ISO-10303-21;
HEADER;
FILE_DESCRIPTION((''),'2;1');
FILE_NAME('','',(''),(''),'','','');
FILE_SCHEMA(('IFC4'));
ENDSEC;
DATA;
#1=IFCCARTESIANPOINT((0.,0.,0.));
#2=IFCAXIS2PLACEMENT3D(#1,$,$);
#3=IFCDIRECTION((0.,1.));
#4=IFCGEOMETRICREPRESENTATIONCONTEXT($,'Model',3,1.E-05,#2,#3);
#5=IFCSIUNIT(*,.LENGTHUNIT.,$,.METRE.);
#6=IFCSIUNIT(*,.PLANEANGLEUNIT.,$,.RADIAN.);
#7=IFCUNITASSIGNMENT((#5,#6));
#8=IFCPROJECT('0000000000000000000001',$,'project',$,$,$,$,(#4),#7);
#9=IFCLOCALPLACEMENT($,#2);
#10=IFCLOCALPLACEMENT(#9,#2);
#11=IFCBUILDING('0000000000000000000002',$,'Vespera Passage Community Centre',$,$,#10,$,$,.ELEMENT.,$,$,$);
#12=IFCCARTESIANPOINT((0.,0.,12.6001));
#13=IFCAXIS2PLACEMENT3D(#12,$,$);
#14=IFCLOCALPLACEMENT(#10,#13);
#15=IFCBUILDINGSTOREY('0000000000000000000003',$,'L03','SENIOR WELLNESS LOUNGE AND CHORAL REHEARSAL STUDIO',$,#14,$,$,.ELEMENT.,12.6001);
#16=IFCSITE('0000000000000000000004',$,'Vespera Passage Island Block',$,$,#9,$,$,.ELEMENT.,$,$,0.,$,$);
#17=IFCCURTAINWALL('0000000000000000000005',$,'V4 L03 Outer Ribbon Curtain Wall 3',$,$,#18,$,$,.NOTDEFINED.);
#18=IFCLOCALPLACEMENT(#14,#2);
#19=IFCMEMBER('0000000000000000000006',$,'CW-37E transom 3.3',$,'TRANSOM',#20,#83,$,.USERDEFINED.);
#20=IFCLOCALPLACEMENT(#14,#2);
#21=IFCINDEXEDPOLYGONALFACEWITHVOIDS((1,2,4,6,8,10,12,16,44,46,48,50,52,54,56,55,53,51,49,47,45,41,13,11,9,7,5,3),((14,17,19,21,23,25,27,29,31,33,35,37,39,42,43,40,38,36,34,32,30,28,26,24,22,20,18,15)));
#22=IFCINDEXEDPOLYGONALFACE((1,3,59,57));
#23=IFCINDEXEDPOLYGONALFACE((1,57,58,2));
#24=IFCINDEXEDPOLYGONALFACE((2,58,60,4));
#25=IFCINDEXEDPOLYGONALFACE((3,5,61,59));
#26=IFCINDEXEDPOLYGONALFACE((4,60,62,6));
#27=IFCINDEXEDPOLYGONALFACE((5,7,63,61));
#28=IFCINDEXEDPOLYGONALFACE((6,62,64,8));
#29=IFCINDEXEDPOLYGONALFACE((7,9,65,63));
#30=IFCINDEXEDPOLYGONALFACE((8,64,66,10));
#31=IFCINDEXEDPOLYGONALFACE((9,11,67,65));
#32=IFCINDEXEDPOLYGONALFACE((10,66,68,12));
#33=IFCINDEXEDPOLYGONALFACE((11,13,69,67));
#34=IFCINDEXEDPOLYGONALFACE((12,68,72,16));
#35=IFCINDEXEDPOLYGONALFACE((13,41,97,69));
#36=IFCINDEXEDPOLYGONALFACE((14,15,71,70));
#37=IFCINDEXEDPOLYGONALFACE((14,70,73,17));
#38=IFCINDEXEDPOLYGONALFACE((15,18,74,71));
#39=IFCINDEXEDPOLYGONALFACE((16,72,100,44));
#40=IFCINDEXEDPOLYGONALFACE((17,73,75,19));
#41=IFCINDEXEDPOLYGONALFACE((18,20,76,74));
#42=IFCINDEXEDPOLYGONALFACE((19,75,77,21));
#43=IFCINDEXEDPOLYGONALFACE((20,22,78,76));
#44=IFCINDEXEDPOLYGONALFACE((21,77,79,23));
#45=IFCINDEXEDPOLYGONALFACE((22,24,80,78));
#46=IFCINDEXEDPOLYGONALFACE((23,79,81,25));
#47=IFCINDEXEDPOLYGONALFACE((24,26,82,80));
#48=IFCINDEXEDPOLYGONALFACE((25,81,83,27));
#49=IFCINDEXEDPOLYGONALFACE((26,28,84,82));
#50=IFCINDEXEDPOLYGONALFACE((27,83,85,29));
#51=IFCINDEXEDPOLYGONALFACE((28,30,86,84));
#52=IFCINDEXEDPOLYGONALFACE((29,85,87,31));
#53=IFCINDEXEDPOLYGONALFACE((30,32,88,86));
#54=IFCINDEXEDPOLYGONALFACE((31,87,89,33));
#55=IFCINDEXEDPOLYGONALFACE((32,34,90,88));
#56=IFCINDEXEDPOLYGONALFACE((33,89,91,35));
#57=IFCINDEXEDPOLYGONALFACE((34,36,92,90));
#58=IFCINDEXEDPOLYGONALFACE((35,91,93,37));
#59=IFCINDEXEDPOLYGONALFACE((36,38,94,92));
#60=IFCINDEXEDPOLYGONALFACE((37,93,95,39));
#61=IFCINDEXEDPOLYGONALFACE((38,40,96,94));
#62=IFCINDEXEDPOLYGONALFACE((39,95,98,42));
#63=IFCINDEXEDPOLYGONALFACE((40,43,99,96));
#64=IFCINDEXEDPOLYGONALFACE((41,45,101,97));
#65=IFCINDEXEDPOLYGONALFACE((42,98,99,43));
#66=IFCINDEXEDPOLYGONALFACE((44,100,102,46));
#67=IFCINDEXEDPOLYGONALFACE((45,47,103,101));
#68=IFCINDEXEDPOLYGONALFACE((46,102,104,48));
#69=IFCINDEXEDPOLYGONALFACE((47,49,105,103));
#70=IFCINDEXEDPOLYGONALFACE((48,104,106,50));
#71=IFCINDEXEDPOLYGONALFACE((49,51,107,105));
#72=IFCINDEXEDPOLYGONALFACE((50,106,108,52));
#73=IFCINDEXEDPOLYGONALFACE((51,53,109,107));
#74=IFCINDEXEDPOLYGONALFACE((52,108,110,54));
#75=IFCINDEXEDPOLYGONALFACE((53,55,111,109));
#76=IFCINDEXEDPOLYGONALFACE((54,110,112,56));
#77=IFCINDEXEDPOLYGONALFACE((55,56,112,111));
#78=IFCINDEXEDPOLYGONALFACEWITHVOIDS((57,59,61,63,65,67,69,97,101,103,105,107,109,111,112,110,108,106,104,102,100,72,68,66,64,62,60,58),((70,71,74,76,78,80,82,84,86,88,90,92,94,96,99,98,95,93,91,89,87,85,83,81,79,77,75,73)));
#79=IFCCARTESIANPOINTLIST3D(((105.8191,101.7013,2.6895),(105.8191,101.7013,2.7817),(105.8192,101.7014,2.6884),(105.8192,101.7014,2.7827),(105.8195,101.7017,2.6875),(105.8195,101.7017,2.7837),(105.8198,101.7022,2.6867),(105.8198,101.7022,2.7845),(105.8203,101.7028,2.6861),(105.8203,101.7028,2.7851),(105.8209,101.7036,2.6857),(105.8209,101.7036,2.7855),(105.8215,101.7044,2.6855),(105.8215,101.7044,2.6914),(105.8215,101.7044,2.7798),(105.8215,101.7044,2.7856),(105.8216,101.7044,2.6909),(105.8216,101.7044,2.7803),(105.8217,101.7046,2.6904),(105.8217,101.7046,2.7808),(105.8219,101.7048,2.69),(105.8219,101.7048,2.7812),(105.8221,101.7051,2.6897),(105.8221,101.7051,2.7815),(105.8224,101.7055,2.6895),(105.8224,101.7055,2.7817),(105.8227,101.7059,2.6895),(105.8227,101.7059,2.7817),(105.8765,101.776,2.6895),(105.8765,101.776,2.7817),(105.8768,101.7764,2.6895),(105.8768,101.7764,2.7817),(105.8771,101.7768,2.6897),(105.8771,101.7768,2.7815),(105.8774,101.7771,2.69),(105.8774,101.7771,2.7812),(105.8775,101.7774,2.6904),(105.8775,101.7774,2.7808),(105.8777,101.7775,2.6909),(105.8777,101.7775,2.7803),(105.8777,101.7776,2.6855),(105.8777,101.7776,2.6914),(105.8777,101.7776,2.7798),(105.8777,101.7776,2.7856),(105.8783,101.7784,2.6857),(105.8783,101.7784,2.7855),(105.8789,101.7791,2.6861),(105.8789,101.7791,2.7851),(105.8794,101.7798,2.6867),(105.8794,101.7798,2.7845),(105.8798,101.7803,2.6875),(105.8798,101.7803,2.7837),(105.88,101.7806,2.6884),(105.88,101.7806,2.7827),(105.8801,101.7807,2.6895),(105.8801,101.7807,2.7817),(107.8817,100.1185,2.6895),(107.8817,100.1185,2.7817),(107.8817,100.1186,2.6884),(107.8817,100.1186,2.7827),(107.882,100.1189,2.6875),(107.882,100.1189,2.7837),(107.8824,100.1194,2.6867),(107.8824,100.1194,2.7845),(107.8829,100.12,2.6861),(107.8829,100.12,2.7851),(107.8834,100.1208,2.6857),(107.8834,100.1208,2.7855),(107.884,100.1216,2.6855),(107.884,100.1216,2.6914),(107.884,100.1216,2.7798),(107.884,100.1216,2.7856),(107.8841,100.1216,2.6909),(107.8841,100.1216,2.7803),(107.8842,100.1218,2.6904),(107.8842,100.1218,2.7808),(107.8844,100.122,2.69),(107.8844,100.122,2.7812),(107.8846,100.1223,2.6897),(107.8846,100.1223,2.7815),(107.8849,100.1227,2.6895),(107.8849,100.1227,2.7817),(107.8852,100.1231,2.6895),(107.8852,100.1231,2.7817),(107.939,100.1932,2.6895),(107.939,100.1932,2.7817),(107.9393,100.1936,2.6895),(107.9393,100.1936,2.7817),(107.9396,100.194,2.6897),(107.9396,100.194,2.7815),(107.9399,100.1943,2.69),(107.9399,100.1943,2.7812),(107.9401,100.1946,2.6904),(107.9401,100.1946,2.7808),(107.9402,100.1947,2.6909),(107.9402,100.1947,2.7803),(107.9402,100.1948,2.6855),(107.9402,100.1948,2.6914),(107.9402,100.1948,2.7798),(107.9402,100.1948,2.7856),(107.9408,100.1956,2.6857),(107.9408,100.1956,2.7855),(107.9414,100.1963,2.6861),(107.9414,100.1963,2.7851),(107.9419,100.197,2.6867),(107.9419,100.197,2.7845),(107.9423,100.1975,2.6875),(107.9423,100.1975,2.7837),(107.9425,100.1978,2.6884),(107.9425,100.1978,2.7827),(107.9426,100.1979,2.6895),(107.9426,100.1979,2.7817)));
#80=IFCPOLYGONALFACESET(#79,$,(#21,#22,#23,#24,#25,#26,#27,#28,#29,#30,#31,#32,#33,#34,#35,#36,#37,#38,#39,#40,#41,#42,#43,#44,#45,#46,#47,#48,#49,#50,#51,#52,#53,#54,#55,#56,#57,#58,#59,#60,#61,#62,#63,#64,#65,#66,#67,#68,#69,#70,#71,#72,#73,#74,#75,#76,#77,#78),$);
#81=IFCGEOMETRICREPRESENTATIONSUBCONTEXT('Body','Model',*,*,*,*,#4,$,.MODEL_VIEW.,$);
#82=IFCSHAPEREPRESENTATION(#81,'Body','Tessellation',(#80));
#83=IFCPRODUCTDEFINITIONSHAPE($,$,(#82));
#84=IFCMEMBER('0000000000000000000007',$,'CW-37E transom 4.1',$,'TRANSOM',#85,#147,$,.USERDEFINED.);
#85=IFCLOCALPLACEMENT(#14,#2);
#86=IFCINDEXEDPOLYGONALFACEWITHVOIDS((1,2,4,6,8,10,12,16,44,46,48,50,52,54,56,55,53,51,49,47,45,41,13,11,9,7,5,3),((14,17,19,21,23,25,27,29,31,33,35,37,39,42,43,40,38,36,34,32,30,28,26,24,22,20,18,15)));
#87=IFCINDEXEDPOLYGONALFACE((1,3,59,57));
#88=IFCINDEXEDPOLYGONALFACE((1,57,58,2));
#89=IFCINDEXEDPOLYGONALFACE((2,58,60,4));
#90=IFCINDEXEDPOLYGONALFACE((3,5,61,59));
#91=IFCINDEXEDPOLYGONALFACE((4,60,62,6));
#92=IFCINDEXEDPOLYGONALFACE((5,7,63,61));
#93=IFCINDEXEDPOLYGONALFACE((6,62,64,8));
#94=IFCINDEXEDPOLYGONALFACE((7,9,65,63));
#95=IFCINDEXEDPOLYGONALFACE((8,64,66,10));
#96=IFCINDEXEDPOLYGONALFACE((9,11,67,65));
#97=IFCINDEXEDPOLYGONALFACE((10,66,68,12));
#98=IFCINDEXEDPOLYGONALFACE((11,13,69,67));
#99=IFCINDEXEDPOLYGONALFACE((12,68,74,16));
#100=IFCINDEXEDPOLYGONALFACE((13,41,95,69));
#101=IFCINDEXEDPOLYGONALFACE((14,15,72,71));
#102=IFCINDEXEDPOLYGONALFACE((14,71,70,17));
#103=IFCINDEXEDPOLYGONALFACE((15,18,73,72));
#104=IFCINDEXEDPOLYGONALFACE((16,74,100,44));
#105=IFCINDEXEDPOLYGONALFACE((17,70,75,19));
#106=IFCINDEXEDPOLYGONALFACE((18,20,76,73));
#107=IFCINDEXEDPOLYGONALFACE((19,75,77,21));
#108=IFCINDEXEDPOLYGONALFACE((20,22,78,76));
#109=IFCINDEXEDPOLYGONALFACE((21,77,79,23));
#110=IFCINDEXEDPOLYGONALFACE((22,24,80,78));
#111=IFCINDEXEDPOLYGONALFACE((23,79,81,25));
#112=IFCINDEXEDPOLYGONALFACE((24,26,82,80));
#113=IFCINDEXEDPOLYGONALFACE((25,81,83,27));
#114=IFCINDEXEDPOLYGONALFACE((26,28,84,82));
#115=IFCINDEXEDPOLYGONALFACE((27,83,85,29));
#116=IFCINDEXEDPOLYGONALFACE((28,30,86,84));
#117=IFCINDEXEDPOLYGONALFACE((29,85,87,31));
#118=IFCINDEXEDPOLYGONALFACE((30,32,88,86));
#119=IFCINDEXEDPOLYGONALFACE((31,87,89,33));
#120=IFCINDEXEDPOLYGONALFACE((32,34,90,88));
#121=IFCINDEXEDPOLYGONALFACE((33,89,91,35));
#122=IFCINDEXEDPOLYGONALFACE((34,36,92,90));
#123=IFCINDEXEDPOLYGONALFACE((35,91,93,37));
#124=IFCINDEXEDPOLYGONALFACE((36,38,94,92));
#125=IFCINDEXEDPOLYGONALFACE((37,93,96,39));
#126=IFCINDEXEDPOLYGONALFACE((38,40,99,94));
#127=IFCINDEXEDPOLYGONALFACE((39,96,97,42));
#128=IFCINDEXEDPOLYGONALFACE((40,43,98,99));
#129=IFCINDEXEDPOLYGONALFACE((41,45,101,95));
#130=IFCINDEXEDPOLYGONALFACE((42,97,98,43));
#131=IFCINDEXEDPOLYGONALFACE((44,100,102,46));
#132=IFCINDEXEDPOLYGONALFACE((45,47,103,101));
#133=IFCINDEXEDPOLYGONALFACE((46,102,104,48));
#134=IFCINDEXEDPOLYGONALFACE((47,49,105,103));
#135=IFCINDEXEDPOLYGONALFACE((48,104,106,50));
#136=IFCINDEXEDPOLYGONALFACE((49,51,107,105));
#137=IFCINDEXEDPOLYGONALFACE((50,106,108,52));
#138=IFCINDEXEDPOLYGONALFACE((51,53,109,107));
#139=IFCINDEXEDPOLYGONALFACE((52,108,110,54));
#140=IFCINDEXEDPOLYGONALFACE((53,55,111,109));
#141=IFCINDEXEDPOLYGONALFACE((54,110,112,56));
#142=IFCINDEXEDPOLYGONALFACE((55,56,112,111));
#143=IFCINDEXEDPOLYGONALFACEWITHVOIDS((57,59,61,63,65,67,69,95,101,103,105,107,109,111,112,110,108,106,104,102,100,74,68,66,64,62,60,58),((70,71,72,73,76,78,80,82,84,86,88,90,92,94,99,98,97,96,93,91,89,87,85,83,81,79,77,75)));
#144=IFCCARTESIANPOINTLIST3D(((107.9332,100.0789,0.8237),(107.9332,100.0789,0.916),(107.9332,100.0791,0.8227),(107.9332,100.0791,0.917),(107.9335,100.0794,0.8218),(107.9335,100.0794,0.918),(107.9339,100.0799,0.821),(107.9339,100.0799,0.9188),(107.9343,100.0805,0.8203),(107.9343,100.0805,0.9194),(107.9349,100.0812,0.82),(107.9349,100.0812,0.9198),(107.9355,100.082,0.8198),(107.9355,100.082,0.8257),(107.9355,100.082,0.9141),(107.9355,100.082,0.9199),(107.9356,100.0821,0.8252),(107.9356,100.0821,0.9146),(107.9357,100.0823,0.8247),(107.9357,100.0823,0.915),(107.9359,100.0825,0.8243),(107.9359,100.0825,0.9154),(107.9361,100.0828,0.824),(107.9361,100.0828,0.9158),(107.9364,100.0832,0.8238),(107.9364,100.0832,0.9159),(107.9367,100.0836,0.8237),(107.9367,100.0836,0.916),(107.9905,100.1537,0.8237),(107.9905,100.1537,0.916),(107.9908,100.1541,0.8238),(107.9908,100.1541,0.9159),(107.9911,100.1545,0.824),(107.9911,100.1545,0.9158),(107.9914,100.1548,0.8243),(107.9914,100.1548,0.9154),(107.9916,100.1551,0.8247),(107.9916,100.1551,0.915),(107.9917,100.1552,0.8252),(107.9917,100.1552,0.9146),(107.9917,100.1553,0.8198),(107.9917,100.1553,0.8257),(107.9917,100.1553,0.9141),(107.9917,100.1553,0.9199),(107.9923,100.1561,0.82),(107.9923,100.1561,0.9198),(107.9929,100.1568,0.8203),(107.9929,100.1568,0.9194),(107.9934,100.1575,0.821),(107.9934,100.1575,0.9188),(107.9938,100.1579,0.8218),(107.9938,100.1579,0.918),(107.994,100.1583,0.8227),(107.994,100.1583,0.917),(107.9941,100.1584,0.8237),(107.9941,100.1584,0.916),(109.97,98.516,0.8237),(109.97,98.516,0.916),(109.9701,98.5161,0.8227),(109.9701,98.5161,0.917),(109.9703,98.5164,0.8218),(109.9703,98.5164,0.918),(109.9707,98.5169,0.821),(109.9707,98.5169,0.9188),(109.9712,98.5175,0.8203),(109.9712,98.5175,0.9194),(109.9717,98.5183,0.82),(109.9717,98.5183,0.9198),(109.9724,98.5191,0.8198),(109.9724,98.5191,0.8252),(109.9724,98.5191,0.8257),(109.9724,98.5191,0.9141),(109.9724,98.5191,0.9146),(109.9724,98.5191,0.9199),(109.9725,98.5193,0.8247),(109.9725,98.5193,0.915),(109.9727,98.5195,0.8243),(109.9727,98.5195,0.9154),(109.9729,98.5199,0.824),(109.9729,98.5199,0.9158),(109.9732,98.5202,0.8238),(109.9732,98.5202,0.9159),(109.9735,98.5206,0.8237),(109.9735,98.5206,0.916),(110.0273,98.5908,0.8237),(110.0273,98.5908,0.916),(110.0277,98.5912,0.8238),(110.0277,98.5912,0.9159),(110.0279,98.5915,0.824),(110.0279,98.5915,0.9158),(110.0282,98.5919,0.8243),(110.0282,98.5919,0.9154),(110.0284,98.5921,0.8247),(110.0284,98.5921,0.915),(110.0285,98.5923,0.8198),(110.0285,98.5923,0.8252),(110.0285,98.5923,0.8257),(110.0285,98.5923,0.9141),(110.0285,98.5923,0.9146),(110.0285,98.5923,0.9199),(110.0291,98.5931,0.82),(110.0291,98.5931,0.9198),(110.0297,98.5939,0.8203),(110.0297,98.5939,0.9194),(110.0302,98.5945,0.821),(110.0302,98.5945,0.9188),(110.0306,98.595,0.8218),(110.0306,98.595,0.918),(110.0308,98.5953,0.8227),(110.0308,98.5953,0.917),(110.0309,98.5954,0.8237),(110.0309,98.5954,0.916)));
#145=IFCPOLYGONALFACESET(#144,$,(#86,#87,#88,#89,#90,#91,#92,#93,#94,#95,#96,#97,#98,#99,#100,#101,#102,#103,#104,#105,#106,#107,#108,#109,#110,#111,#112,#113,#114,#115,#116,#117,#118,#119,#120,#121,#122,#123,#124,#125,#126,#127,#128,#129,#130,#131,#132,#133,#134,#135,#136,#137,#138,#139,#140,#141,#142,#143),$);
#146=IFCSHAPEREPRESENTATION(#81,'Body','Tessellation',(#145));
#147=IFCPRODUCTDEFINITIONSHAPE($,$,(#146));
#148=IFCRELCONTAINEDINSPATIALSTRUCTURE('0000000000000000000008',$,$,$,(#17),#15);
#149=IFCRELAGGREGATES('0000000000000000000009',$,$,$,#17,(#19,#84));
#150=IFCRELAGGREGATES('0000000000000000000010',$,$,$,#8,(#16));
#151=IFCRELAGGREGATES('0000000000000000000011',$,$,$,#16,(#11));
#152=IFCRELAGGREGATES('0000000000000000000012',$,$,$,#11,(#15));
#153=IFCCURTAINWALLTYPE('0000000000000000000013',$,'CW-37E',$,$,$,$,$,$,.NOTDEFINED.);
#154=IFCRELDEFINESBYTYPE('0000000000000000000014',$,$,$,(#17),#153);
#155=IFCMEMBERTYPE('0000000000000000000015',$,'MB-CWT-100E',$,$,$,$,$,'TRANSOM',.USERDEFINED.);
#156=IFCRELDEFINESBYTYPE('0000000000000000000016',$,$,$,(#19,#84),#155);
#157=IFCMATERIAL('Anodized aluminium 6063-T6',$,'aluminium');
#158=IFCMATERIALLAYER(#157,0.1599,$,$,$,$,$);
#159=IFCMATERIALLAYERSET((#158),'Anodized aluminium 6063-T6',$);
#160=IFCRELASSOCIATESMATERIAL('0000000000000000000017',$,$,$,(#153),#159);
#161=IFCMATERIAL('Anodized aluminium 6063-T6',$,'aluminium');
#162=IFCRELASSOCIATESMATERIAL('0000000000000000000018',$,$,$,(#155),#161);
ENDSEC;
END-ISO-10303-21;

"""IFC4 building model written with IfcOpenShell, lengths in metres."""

from ifc_helpers import new_model, si_unit, direction, frame, origin, origin_2d, place, context, subcontext, project, spatial, hollow_rectangle, extrude, material, layer, layer_set, material_profile, profile_set, type_object, element, aggregate, save


model = new_model("IFC4")

# Units and contexts
model_context = context("Model", 3, precision=1e-05, world=origin(), true_north=direction((0.0, 1.0)))
body_context = subcontext(model_context, "Body", "Model", "MODEL_VIEW")
ifc_project = project(units=[si_unit("LENGTHUNIT", "METRE"), si_unit("PLANEANGLEUNIT", "RADIAN")], contexts=[model_context])

# Site, building, storey
site_placement = place(None, origin())
site = spatial("IfcSite", under=ifc_project, at=site_placement, Name="Vespera Passage Island Block", CompositionType="ELEMENT", RefElevation=0.0)
building_placement = place(site_placement, origin())
building = spatial("IfcBuilding", under=site, at=building_placement, Name="Vespera Passage Community Centre", CompositionType="ELEMENT")
storey_placement = place(building_placement, frame((0.0, 0.0, 12.6001)))
storey = spatial("IfcBuildingStorey", under=building, at=storey_placement, Name="L03", Description="SENIOR WELLNESS LOUNGE AND CHORAL REHEARSAL STUDIO", CompositionType="ELEMENT", Elevation=12.6001)

# Curtain wall, members
ifc_material_1 = material(Name="Anodized aluminium 6063-T6", Category="aluminium")
ifc_layer_1 = layer(ifc_material_1, 0.1599)
ifc_layer_set_1 = layer_set([ifc_layer_1], Name="Anodized aluminium 6063-T6")
curtain_wall_type = type_object("IfcCurtainWallType", Name="CW-37E", PredefinedType="NOTDEFINED", material=ifc_layer_set_1)
curtain_wall_placement = place(storey_placement, origin())
curtain_wall = element("IfcCurtainWall", 1, at=curtain_wall_placement, inside=storey, type_object=curtain_wall_type, Name="V4 L03 Outer Ribbon Curtain Wall 3", PredefinedType="NOTDEFINED")
ifc_material_2 = material(Name="Anodized aluminium 6063-T6", Category="aluminium")
ifc_material_profile_1 = material_profile(ifc_material_2, hollow_rectangle(XDim=0.1001, YDim=0.1001, WallThickness=0.0039, InnerFilletRadius=0.002, OuterFilletRadius=0.0039, at=origin_2d()), Name="ALU100X100X4")
ifc_profile_set_1 = profile_set([ifc_material_profile_1], Name="Anodized aluminium 6063-T6")
member_type_1 = type_object("IfcMemberType", Name="MB-CWT-100E", ElementType="TRANSOM", PredefinedType="USERDEFINED", material=ifc_profile_set_1)
member_1_placement = place(storey_placement, frame((105.8496, 101.741, 2.7356), z_axis=(0.793325, -0.608798, 0.0), x_axis=(0.608798, 0.793325, 0.0)))
member_1 = element("IfcMember", 2, at=member_1_placement, type_object=member_type_1, Name="CW-37E transom 3.3", ObjectType="TRANSOM", PredefinedType="USERDEFINED", context=body_context, shape_type="SweptSolid", body=[
    extrude(hollow_rectangle(XDim=0.1001, YDim=0.1001, WallThickness=0.0039, InnerFilletRadius=0.002, OuterFilletRadius=0.0039, at=origin_2d()), origin(), (0.0, 0.0, 1.0), 2.5999),
])
member_2_placement = place(storey_placement, frame((107.9636, 100.1187, 0.8699), z_axis=(0.793345, -0.608773, 0.0), x_axis=(0.608773, 0.793345, 0.0)))
member_2 = element("IfcMember", 3, at=member_2_placement, type_object=member_type_1, Name="CW-37E transom 4.1", ObjectType="TRANSOM", PredefinedType="USERDEFINED", context=body_context, shape_type="SweptSolid", body=[
    extrude(hollow_rectangle(XDim=0.1001, YDim=0.1001, WallThickness=0.0039, InnerFilletRadius=0.002, OuterFilletRadius=0.0039, at=origin_2d()), origin(), (0.0, 0.0, 1.0), 2.5674),
])
aggregate(curtain_wall, [member_1, member_2])

save(model, "model.ifc")
